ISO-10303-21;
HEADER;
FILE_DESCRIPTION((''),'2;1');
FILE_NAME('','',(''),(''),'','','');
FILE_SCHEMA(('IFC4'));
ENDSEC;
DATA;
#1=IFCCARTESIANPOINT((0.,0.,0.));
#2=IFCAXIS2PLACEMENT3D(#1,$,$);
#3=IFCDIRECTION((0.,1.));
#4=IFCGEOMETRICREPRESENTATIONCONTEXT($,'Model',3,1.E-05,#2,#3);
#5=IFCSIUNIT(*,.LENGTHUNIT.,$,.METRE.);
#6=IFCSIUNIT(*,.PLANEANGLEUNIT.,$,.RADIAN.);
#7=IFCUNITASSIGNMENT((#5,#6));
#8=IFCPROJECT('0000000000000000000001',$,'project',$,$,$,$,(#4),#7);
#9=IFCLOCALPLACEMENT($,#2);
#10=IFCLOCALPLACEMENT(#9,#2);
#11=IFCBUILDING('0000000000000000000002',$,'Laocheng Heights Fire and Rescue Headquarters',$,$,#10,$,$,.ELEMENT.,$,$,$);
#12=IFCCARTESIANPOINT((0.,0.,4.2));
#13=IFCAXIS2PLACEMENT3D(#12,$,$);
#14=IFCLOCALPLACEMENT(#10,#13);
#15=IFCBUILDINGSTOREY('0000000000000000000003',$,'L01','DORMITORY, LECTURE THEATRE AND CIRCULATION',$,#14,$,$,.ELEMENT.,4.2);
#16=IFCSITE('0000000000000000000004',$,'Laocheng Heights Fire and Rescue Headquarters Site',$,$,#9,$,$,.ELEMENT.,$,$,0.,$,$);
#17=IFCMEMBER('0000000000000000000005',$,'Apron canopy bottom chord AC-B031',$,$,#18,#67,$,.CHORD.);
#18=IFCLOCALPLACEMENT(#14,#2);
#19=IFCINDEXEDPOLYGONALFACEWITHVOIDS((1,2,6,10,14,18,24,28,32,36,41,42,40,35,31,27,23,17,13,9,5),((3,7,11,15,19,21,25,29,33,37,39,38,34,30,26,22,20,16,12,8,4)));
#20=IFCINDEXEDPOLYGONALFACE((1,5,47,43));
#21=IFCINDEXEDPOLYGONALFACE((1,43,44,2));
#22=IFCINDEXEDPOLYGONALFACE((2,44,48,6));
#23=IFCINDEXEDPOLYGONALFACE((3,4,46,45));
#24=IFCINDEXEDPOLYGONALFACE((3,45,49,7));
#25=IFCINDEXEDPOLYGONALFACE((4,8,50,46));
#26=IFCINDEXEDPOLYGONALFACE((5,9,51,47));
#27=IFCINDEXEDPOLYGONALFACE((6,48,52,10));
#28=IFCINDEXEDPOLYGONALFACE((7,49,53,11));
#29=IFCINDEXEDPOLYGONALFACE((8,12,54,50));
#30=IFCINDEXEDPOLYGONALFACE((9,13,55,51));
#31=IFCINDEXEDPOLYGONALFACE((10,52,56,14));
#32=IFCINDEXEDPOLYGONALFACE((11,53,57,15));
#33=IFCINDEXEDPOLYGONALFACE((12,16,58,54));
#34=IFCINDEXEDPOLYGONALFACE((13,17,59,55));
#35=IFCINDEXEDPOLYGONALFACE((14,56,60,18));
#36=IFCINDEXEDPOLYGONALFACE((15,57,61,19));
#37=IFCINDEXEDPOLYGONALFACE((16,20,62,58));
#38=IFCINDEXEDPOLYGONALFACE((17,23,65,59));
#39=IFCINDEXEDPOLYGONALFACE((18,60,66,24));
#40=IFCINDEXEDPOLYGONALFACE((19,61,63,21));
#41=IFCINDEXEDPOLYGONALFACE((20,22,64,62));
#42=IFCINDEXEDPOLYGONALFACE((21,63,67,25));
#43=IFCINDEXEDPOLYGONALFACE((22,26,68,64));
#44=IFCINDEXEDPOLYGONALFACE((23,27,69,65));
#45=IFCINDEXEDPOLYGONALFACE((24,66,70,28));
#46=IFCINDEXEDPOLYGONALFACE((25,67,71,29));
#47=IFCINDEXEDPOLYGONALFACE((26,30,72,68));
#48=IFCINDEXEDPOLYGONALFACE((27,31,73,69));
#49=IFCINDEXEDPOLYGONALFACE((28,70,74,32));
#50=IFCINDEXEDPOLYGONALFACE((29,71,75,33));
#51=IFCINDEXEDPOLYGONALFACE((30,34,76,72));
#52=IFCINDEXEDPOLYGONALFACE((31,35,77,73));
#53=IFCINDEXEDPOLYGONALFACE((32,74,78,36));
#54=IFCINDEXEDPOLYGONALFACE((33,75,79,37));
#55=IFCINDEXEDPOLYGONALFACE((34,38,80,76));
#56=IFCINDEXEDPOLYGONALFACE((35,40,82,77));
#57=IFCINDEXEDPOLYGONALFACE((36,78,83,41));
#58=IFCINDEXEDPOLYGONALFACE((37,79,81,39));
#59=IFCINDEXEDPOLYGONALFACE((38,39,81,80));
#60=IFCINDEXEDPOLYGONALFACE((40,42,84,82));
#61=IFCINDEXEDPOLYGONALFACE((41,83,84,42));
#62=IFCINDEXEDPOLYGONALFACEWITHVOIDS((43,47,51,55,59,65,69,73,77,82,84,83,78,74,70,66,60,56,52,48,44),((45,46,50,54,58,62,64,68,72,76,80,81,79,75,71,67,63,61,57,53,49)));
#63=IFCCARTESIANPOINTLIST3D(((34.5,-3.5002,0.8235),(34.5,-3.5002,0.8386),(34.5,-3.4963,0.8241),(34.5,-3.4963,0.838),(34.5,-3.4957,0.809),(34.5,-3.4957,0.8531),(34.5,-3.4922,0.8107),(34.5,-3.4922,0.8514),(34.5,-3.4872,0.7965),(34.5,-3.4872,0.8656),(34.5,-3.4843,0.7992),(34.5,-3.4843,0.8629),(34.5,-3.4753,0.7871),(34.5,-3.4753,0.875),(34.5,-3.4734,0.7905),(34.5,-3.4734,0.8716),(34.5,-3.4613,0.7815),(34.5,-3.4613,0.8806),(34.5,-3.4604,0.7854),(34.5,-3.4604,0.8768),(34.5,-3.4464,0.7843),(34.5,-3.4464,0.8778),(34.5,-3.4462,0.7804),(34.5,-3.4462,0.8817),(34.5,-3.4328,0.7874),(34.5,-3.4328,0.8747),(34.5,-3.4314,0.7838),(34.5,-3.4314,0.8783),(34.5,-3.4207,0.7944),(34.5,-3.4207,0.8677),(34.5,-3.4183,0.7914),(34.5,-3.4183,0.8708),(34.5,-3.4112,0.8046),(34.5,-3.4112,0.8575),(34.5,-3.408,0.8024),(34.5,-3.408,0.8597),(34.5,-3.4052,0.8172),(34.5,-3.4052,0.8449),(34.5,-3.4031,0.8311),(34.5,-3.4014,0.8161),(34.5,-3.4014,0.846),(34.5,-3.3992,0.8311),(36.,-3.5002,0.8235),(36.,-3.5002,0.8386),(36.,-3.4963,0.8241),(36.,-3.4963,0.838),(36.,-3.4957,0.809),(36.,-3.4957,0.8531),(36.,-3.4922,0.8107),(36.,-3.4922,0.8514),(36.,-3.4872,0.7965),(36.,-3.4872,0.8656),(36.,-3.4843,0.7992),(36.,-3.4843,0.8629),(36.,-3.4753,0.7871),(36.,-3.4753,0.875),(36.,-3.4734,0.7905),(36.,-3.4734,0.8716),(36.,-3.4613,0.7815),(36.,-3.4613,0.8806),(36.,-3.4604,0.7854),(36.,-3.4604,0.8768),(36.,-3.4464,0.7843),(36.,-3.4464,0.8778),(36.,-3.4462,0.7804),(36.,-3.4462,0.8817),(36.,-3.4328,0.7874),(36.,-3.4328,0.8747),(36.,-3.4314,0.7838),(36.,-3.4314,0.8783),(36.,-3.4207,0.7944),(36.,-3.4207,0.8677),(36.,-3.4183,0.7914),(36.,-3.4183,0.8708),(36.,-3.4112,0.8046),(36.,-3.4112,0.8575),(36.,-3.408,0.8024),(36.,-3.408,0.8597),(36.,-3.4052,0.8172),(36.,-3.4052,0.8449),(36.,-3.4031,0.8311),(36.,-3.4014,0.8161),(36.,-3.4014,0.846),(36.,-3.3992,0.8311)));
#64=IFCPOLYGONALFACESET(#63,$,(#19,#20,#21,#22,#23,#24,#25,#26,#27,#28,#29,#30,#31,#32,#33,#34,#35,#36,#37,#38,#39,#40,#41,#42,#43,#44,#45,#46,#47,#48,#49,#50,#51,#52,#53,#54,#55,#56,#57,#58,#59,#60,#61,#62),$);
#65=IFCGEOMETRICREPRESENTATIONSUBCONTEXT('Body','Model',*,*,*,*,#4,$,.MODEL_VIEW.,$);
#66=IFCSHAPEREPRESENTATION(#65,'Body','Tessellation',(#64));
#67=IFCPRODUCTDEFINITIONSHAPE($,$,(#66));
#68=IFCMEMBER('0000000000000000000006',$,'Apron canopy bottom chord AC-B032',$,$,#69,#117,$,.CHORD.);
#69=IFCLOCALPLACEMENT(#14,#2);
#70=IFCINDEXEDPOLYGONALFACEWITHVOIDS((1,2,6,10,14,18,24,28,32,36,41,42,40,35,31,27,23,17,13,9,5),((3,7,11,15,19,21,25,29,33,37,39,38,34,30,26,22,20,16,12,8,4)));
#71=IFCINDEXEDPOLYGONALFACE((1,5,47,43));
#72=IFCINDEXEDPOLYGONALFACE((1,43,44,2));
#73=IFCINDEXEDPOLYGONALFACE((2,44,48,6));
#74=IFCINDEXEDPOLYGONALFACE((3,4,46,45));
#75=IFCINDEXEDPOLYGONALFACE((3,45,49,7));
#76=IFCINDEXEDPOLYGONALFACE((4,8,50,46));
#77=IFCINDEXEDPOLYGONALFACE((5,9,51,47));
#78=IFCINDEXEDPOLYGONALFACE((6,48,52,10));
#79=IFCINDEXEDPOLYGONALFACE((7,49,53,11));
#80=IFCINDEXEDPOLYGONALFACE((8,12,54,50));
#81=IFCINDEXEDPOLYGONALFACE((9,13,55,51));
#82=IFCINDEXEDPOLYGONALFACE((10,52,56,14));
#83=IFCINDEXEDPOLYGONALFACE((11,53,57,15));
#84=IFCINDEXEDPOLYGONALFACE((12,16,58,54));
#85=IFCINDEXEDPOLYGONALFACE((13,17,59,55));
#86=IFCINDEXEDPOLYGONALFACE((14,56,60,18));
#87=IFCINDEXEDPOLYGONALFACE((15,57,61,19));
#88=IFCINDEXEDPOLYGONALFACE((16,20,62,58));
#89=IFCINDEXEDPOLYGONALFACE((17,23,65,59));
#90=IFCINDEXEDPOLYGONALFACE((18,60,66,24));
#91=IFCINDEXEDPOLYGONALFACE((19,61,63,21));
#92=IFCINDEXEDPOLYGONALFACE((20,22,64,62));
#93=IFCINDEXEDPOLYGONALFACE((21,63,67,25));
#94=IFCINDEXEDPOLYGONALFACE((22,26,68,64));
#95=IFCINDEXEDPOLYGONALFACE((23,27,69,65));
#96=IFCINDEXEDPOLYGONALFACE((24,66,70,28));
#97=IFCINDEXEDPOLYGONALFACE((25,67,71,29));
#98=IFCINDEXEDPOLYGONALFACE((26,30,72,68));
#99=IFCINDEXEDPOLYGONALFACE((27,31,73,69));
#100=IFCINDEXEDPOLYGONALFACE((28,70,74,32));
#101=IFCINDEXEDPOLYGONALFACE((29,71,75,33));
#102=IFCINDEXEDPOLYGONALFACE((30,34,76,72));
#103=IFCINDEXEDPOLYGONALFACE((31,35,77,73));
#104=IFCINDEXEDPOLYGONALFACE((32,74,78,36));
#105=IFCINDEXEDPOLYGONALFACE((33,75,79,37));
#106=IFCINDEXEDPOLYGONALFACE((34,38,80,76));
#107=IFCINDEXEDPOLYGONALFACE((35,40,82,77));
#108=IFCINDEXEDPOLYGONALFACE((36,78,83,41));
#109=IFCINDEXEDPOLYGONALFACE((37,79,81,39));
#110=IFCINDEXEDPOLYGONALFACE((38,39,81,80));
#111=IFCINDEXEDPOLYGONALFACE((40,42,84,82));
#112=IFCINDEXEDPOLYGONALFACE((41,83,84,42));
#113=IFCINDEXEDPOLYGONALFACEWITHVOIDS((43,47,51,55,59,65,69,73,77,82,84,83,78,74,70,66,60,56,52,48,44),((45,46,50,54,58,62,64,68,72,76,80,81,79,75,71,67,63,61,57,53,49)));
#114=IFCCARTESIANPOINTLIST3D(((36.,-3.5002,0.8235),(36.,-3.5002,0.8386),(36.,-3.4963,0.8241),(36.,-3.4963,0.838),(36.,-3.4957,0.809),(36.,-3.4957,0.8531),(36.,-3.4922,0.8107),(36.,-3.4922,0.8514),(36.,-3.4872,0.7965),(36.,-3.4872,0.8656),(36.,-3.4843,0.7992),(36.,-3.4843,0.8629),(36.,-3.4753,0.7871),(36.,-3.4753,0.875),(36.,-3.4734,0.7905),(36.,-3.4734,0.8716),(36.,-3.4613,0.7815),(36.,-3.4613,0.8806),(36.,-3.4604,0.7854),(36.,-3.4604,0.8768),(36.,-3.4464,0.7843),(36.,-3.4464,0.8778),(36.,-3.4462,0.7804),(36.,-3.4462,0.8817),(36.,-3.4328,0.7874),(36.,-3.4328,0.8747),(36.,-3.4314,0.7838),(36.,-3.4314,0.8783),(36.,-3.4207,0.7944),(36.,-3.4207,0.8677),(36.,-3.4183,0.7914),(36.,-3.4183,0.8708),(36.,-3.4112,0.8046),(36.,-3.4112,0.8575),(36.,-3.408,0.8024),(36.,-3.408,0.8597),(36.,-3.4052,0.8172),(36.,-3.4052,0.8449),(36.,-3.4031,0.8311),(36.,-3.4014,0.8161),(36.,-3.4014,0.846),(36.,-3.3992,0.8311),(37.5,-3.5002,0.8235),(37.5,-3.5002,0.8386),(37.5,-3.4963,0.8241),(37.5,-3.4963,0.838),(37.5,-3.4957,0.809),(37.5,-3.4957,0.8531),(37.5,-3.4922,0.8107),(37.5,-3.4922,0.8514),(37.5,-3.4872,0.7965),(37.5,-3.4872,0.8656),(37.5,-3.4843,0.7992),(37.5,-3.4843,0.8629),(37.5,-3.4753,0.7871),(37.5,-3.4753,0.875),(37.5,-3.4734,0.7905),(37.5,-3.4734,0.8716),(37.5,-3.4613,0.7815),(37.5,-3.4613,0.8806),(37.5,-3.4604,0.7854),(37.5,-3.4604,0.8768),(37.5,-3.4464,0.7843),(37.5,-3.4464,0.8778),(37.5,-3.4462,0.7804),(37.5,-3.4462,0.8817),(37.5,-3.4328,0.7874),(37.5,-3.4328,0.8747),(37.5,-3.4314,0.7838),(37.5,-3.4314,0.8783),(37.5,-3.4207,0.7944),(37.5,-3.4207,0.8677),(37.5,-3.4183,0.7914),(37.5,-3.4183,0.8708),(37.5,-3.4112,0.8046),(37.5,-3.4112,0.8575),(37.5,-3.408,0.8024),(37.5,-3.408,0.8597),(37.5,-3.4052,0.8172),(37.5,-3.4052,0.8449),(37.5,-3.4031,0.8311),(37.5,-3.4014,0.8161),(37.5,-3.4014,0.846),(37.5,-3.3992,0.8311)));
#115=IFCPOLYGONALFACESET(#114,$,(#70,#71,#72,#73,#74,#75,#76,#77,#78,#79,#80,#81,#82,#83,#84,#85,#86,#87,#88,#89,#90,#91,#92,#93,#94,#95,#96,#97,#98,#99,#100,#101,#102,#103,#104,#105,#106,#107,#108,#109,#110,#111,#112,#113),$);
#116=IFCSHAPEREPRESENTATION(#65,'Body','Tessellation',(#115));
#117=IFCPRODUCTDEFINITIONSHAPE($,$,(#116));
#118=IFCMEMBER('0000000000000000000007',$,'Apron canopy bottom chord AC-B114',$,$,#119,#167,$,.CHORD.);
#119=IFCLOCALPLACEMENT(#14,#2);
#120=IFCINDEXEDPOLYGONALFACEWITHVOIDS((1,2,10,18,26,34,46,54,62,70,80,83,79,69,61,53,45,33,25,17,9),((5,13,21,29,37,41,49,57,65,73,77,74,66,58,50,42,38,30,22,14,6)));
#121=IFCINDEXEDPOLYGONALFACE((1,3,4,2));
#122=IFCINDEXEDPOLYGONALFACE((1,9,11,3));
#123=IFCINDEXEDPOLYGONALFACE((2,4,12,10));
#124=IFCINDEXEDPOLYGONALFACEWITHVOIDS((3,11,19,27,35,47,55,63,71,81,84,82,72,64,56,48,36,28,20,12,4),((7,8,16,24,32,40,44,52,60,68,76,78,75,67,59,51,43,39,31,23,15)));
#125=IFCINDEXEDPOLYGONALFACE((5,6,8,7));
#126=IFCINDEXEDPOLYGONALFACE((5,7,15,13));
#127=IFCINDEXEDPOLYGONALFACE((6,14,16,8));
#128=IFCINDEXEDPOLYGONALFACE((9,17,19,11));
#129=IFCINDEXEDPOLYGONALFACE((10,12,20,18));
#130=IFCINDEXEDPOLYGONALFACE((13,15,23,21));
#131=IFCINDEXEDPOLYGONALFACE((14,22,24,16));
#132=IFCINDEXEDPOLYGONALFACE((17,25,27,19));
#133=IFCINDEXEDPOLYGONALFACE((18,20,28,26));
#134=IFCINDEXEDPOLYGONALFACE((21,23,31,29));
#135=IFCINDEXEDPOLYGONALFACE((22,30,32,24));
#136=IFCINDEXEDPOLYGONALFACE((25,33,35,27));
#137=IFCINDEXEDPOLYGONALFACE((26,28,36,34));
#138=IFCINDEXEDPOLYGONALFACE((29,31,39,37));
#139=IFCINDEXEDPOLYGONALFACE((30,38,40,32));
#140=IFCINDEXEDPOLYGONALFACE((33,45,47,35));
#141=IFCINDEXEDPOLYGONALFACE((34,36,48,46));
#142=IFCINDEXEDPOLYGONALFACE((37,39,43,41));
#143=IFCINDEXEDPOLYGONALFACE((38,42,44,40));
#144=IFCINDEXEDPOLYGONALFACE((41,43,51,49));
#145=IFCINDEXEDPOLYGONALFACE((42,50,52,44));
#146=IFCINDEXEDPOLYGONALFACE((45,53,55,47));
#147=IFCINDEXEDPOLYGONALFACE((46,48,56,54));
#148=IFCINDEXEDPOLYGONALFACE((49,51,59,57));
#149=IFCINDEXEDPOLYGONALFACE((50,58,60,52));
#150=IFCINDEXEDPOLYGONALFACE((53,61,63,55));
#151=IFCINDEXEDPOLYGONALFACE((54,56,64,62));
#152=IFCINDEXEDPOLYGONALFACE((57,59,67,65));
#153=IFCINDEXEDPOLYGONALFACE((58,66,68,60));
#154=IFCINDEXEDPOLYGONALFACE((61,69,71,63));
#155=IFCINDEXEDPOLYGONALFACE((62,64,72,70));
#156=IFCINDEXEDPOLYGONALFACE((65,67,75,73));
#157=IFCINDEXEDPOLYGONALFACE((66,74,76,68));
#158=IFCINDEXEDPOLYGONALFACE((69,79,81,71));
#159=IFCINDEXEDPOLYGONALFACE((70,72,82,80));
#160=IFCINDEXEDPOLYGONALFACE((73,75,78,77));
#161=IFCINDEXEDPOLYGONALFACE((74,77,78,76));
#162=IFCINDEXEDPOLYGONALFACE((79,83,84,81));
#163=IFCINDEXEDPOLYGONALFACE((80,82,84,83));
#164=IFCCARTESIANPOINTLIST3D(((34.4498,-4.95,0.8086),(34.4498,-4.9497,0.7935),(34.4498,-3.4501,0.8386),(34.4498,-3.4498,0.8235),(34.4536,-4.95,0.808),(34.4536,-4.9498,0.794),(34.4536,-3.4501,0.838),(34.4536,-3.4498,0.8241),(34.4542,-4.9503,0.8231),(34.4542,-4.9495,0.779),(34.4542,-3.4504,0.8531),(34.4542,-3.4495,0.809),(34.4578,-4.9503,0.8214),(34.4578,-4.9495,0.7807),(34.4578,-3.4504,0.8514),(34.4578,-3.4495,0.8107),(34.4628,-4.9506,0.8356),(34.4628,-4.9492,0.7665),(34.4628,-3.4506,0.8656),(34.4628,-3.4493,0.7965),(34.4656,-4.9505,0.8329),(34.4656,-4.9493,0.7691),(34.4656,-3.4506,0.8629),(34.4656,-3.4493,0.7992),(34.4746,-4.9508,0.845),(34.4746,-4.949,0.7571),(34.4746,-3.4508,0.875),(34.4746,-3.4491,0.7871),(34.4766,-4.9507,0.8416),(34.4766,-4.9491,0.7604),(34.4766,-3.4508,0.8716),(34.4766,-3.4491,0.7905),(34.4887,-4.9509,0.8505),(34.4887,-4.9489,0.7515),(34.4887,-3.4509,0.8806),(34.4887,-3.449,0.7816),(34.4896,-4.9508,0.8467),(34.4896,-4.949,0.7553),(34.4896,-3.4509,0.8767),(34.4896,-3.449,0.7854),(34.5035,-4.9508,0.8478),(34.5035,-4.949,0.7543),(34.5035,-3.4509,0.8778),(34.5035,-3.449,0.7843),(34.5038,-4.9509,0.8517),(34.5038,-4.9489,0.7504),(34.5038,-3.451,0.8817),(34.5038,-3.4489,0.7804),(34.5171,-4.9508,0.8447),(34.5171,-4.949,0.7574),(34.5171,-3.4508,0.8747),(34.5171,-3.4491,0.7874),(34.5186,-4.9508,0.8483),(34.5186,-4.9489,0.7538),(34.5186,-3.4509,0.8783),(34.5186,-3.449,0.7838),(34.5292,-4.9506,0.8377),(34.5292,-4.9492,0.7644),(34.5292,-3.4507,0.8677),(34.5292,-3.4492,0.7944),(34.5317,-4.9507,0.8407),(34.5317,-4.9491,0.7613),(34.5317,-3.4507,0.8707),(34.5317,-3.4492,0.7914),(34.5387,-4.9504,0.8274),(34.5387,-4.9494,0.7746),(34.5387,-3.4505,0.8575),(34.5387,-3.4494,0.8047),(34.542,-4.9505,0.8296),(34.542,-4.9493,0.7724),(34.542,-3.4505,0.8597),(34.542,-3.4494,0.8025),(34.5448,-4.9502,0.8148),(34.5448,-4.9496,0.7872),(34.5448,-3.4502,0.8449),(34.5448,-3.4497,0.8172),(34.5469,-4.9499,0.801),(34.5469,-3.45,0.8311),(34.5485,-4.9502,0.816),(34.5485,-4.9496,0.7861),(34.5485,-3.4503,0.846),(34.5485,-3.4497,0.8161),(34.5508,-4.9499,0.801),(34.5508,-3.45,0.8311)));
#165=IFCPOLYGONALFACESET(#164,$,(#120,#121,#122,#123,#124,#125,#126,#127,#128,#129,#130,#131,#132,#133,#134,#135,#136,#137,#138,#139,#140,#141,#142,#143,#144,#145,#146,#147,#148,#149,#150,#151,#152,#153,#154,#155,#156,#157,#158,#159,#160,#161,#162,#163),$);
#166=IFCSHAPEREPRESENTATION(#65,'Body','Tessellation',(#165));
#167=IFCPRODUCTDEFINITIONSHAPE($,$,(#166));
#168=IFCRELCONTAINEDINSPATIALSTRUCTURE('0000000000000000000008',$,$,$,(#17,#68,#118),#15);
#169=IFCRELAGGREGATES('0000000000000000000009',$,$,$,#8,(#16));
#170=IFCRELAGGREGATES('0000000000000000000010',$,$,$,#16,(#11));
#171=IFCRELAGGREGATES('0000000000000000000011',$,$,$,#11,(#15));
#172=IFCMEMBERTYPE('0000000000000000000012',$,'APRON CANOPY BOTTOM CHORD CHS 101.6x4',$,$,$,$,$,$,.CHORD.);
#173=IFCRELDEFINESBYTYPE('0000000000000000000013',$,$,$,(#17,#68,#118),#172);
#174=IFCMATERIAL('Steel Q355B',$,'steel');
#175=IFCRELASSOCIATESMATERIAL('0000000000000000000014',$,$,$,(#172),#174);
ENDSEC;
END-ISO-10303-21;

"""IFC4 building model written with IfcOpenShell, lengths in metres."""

from ifc_helpers import new_model, si_unit, direction, frame, origin, origin_2d, place, context, subcontext, project, spatial, hollow_circle, extrude, material, material_profile, profile_set, type_object, element, save


model = new_model("IFC4")

# Units and contexts
model_context = context("Model", 3, precision=1e-05, world=origin(), true_north=direction((0.0, 1.0)))
body_context = subcontext(model_context, "Body", "Model", "MODEL_VIEW")
ifc_project = project(units=[si_unit("LENGTHUNIT", "METRE"), si_unit("PLANEANGLEUNIT", "RADIAN")], contexts=[model_context])

# Site, building, storey
site_placement = place(None, origin())
site = spatial("IfcSite", under=ifc_project, at=site_placement, Name="Laocheng Heights Fire and Rescue Headquarters Site", CompositionType="ELEMENT", RefElevation=0.0)
building_placement = place(site_placement, origin())
building = spatial("IfcBuilding", under=site, at=building_placement, Name="Laocheng Heights Fire and Rescue Headquarters", CompositionType="ELEMENT")
storey_placement = place(building_placement, frame((0.0, 0.0, 4.2)))
storey = spatial("IfcBuildingStorey", under=building, at=storey_placement, Name="L01", Description="DORMITORY, LECTURE THEATRE AND CIRCULATION", CompositionType="ELEMENT", Elevation=4.2)

# Members
ifc_material_1 = material(Name="Steel Q355B", Category="steel")
ifc_material_profile_1 = material_profile(ifc_material_1, hollow_circle(Radius=0.0508, WallThickness=0.0039, at=origin_2d()), Name="CHS 101.6x4")
ifc_profile_set_1 = profile_set([ifc_material_profile_1], Name="Steel Q355B")
member_type_1 = type_object("IfcMemberType", Name="APRON CANOPY BOTTOM CHORD CHS 101.6x4", PredefinedType="CHORD", material=ifc_profile_set_1)
for number, where, z_axis, x_axis, name in (
    (1, (34.5, -3.45, 0.8311), (1.0, 0.0, 0.0), (0.0, 1.0, 0.0), "Apron canopy bottom chord AC-B031"),
    (2, (36.0, -3.45, 0.8311), (1.0, 0.0, 0.0), (0.0, 1.0, 0.0), "Apron canopy bottom chord AC-B032"),
):
    element("IfcMember", number, at=place(storey_placement, frame(where, z_axis=z_axis, x_axis=x_axis)), inside=storey, type_object=member_type_1, Name=name, PredefinedType="CHORD", context=body_context, shape_type="SweptSolid", body=[
        extrude(hollow_circle(Radius=0.0508, WallThickness=0.0039, at=origin_2d()), origin(), (0.0, 0.0, 1.0), 1.5),
    ])
for number, where, z_axis, x_axis, name in (
    (3, (34.5, -3.45, 0.8311), (0.0, -0.9998, -0.020016), (1.0, 0.0, 0.0), "Apron canopy bottom chord AC-B114"),
):
    element("IfcMember", number, at=place(storey_placement, frame(where, z_axis=z_axis, x_axis=x_axis)), inside=storey, type_object=member_type_1, Name=name, PredefinedType="CHORD", context=body_context, shape_type="SweptSolid", body=[
        extrude(hollow_circle(Radius=0.0508, WallThickness=0.0039, at=origin_2d()), origin(), (0.0, 0.0, 1.0), 1.5002),
    ])

save(model, "model.ifc")
